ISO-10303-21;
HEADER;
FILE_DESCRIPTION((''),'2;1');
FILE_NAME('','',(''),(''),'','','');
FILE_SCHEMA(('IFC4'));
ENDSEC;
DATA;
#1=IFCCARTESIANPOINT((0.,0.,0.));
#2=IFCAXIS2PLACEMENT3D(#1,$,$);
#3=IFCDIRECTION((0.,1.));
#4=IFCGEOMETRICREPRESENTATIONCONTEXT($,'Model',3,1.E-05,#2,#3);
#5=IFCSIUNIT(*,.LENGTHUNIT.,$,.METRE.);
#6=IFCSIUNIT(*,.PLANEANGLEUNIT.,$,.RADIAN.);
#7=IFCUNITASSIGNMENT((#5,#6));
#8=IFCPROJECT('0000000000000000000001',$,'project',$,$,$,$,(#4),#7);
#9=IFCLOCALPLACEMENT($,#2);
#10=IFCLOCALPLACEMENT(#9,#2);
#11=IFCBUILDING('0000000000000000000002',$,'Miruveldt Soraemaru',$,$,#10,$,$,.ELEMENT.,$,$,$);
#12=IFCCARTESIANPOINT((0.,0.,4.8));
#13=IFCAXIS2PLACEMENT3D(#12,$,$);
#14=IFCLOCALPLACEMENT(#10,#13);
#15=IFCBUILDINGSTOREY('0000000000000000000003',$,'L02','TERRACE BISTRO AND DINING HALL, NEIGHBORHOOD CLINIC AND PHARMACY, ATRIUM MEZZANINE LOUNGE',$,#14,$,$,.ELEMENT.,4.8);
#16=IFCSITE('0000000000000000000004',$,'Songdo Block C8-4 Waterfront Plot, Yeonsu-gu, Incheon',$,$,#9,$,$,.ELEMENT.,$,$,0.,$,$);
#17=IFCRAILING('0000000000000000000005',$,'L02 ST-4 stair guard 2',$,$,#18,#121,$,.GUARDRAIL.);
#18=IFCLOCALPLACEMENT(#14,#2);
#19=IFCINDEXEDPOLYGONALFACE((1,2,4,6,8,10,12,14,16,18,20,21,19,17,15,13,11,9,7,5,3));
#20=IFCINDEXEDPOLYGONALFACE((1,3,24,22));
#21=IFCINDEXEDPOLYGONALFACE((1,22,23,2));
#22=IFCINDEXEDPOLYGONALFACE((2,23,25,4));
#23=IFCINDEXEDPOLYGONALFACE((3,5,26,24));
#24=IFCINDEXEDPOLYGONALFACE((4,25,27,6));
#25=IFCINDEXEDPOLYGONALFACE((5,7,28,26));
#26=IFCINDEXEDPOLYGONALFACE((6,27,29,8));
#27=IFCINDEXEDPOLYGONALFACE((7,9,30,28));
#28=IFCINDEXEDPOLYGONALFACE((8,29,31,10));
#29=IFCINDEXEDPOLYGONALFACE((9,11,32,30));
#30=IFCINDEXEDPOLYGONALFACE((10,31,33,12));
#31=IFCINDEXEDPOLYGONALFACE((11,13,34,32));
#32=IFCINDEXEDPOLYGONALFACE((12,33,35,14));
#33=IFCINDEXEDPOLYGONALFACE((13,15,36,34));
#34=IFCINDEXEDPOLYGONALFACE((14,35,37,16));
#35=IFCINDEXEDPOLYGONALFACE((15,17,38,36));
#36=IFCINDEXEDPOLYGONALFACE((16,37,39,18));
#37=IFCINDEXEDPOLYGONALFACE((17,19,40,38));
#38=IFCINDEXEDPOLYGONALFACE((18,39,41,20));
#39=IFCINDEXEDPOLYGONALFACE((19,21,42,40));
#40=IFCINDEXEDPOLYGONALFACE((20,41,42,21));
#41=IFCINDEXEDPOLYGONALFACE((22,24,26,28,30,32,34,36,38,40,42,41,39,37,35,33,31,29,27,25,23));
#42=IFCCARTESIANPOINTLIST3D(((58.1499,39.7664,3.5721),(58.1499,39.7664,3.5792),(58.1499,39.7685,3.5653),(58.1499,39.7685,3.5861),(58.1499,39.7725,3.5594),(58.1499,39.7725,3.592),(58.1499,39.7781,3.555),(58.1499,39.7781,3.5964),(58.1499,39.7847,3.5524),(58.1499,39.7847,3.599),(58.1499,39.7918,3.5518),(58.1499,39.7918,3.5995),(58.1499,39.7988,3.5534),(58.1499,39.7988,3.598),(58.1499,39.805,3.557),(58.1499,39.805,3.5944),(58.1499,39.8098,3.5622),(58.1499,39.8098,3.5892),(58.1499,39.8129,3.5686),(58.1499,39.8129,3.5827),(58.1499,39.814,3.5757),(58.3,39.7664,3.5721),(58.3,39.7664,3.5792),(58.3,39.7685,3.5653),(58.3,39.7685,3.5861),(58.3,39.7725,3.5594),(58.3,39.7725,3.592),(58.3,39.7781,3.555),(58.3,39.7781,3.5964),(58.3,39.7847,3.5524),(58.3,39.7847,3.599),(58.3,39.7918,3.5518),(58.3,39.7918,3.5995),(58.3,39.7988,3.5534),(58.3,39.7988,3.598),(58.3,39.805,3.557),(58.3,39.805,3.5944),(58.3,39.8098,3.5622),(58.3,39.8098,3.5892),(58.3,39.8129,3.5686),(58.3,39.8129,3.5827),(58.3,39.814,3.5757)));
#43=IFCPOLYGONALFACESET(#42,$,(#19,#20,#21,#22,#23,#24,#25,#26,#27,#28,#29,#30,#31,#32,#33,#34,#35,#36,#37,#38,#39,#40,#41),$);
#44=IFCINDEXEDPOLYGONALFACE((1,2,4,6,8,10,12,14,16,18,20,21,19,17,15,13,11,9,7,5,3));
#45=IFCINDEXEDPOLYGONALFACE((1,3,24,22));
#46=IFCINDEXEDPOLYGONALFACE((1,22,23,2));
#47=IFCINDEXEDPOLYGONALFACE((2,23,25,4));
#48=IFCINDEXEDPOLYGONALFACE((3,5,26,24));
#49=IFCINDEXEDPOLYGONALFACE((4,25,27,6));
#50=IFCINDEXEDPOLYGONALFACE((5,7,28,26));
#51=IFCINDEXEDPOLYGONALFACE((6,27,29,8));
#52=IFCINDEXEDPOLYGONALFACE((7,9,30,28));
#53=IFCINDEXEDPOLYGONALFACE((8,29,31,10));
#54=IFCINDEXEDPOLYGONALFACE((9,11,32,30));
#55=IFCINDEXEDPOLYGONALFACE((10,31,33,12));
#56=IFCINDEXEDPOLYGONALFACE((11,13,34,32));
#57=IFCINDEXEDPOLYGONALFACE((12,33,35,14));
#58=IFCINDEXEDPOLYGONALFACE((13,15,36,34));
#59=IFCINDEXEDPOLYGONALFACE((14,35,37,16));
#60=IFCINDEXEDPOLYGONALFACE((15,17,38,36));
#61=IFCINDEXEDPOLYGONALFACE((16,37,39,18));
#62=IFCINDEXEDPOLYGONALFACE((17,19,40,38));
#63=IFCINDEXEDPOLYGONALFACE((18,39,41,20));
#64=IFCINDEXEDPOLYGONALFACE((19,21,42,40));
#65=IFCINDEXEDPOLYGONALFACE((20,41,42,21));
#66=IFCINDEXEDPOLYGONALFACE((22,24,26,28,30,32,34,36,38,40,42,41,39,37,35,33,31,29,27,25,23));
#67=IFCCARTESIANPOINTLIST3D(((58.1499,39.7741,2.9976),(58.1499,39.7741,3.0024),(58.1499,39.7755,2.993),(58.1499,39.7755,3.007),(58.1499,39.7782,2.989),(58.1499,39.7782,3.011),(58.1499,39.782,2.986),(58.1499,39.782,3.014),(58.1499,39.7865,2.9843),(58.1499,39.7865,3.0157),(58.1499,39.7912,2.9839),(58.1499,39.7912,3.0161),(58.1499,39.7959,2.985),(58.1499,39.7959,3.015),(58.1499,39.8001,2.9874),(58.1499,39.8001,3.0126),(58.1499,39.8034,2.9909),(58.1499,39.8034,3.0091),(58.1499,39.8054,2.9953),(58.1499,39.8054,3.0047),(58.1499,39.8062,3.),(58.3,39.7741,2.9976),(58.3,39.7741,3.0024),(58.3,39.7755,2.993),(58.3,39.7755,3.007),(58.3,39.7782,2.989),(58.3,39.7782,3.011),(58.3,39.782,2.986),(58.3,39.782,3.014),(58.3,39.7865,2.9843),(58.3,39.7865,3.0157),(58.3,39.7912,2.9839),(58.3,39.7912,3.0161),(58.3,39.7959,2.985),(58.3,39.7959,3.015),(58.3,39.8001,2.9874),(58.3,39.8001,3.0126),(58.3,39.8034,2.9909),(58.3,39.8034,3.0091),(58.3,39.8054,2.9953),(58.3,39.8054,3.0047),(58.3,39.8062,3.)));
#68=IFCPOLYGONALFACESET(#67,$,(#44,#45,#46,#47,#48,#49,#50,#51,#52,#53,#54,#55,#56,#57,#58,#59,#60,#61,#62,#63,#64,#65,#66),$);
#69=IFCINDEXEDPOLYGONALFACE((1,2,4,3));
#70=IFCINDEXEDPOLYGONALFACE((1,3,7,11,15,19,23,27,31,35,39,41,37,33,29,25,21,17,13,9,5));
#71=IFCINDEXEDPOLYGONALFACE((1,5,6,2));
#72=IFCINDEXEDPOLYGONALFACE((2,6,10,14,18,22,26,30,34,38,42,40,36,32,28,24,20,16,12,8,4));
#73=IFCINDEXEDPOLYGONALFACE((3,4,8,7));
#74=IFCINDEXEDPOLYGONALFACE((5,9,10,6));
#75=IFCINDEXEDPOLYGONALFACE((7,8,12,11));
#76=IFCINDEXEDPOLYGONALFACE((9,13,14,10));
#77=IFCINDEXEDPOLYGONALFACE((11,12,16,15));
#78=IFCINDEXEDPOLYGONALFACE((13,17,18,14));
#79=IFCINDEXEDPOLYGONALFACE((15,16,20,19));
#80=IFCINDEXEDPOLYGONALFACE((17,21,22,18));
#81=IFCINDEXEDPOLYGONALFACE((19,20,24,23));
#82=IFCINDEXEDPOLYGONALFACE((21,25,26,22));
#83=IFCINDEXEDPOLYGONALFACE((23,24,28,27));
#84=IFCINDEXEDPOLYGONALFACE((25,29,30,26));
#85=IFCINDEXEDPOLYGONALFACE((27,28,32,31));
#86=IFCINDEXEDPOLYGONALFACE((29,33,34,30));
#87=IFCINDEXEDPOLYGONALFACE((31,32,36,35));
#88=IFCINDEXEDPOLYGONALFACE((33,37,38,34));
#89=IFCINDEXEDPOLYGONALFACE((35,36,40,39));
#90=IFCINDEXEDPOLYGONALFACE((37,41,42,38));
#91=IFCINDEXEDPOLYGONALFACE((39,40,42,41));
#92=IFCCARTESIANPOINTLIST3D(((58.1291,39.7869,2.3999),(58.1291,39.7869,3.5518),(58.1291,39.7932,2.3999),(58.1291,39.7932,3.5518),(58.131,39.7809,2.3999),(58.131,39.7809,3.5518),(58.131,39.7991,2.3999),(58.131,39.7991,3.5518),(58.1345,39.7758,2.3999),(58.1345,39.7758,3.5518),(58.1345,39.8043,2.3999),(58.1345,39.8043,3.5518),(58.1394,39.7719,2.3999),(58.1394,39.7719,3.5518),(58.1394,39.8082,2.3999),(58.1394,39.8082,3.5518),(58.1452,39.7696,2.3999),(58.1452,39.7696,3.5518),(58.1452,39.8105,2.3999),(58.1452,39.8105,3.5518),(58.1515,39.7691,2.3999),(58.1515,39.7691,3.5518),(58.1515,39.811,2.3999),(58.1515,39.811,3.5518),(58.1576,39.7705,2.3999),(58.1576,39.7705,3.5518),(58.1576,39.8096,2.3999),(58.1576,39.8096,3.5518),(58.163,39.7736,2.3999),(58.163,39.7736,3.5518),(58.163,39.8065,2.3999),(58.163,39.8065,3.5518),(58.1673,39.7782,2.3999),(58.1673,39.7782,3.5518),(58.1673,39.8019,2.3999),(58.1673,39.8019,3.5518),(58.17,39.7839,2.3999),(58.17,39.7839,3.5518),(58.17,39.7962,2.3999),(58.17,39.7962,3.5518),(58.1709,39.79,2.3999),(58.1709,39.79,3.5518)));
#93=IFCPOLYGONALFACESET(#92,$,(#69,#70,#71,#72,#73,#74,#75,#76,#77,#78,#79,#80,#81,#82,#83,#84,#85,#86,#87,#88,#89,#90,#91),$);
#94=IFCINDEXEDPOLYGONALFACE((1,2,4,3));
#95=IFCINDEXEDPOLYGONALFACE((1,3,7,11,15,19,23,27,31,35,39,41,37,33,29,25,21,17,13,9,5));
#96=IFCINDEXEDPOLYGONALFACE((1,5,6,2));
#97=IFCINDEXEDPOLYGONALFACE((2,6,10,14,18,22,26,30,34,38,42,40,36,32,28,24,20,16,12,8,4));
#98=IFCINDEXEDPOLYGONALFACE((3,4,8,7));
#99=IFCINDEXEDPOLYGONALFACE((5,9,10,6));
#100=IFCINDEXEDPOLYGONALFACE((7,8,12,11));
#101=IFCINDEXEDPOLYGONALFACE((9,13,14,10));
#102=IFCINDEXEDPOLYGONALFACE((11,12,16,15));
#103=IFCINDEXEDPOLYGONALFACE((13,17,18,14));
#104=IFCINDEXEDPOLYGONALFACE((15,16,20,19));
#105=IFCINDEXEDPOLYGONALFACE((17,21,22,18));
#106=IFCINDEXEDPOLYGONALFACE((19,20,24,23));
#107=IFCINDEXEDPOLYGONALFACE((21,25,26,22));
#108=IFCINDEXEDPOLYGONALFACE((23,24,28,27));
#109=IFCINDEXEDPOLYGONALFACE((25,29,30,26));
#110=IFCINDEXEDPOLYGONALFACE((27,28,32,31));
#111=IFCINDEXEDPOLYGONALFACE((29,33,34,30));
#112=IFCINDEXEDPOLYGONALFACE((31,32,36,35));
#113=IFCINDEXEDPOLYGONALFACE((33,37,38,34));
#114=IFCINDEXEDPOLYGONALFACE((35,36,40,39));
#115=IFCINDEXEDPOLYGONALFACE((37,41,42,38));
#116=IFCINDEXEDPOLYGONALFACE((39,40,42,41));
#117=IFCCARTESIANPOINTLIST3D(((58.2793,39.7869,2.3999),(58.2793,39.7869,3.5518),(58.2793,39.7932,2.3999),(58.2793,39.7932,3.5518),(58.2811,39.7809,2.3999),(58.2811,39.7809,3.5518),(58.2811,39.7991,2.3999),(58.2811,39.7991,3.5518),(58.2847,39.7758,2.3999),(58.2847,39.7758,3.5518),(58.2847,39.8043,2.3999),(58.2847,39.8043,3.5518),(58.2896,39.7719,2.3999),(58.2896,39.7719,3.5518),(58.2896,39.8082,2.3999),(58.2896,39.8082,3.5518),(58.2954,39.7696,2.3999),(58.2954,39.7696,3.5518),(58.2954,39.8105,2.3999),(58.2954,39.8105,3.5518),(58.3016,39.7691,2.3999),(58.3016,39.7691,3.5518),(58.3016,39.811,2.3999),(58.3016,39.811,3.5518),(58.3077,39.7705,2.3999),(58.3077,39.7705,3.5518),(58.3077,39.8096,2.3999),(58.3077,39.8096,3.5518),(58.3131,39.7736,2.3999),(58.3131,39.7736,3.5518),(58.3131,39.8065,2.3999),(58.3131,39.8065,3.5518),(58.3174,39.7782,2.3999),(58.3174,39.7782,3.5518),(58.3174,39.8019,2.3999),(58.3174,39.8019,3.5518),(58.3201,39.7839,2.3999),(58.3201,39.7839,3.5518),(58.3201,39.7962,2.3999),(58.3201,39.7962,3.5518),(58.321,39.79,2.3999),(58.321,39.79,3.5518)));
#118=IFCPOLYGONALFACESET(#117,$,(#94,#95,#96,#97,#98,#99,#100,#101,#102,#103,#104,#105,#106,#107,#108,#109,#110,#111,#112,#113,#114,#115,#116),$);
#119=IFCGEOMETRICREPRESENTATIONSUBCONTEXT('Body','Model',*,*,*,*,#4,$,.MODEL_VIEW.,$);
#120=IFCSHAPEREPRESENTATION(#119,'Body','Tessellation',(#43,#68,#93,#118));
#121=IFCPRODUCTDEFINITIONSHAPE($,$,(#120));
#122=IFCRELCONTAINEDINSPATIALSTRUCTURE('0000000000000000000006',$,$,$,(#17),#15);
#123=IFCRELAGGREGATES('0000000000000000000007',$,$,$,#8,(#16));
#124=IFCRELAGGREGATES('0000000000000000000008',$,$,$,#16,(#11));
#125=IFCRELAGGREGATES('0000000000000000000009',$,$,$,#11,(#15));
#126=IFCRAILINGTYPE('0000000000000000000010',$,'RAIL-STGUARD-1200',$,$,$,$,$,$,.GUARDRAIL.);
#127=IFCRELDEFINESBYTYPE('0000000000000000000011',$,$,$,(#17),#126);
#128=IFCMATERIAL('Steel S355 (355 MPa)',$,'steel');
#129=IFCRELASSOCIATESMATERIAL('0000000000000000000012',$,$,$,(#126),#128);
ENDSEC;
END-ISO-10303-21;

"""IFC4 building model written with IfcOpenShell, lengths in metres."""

from ifc_helpers import new_model, si_unit, direction, frame, origin, origin_2d, place, context, subcontext, project, spatial, circle, extrude, material, type_object, element, save


model = new_model("IFC4")

# Units and contexts
model_context = context("Model", 3, precision=1e-05, world=origin(), true_north=direction((0.0, 1.0)))
body_context = subcontext(model_context, "Body", "Model", "MODEL_VIEW")
ifc_project = project(units=[si_unit("LENGTHUNIT", "METRE"), si_unit("PLANEANGLEUNIT", "RADIAN")], contexts=[model_context])

# Site, building, storey
site_placement = place(None, origin())
site = spatial("IfcSite", under=ifc_project, at=site_placement, Name="Songdo Block C8-4 Waterfront Plot, Yeonsu-gu, Incheon", CompositionType="ELEMENT", RefElevation=0.0)
building_placement = place(site_placement, origin())
building = spatial("IfcBuilding", under=site, at=building_placement, Name="Miruveldt Soraemaru", CompositionType="ELEMENT")
storey_placement = place(building_placement, frame((0.0, 0.0, 4.8)))
storey = spatial("IfcBuildingStorey", under=building, at=storey_placement, Name="L02", Description="TERRACE BISTRO AND DINING HALL, NEIGHBORHOOD CLINIC AND PHARMACY, ATRIUM MEZZANINE LOUNGE", CompositionType="ELEMENT", Elevation=4.8)

# Shared definitions
ifc_material_1 = material(Name="Steel S355 (355 MPa)", Category="steel")

# Railing
railing_type_1 = type_object("IfcRailingType", Name="RAIL-STGUARD-1200", PredefinedType="GUARDRAIL", material=ifc_material_1)
railing_1_placement = place(storey_placement, frame((58.1499, 39.79, 2.3999)))
element("IfcRailing", 1, at=railing_1_placement, inside=storey, type_object=railing_type_1, Name="L02 ST-4 stair guard 2", PredefinedType="GUARDRAIL", context=body_context, shape_type="SweptSolid", body=[
    extrude(circle(Radius=0.0239, at=origin_2d()), frame((0.0, 0.0, 1.1758), z_axis=(1.0, 0.0, 0.0), x_axis=(0.0, 1.0, 0.0)), (0.0, 0.0, 1.0), 0.1501),
    extrude(circle(Radius=0.0161, at=origin_2d()), frame((0.0, 0.0, 0.6001), z_axis=(1.0, 0.0, 0.0), x_axis=(0.0, 1.0, 0.0)), (0.0, 0.0, 1.0), 0.1501),
    extrude(circle(Radius=0.021, at=origin_2d()), origin(), (0.0, 0.0, 1.0), 1.1519),
    extrude(circle(Radius=0.021, at=origin_2d()), frame((0.1501, 0.0, 0.0)), (0.0, 0.0, 1.0), 1.1519),
])

save(model, "model.ifc")
